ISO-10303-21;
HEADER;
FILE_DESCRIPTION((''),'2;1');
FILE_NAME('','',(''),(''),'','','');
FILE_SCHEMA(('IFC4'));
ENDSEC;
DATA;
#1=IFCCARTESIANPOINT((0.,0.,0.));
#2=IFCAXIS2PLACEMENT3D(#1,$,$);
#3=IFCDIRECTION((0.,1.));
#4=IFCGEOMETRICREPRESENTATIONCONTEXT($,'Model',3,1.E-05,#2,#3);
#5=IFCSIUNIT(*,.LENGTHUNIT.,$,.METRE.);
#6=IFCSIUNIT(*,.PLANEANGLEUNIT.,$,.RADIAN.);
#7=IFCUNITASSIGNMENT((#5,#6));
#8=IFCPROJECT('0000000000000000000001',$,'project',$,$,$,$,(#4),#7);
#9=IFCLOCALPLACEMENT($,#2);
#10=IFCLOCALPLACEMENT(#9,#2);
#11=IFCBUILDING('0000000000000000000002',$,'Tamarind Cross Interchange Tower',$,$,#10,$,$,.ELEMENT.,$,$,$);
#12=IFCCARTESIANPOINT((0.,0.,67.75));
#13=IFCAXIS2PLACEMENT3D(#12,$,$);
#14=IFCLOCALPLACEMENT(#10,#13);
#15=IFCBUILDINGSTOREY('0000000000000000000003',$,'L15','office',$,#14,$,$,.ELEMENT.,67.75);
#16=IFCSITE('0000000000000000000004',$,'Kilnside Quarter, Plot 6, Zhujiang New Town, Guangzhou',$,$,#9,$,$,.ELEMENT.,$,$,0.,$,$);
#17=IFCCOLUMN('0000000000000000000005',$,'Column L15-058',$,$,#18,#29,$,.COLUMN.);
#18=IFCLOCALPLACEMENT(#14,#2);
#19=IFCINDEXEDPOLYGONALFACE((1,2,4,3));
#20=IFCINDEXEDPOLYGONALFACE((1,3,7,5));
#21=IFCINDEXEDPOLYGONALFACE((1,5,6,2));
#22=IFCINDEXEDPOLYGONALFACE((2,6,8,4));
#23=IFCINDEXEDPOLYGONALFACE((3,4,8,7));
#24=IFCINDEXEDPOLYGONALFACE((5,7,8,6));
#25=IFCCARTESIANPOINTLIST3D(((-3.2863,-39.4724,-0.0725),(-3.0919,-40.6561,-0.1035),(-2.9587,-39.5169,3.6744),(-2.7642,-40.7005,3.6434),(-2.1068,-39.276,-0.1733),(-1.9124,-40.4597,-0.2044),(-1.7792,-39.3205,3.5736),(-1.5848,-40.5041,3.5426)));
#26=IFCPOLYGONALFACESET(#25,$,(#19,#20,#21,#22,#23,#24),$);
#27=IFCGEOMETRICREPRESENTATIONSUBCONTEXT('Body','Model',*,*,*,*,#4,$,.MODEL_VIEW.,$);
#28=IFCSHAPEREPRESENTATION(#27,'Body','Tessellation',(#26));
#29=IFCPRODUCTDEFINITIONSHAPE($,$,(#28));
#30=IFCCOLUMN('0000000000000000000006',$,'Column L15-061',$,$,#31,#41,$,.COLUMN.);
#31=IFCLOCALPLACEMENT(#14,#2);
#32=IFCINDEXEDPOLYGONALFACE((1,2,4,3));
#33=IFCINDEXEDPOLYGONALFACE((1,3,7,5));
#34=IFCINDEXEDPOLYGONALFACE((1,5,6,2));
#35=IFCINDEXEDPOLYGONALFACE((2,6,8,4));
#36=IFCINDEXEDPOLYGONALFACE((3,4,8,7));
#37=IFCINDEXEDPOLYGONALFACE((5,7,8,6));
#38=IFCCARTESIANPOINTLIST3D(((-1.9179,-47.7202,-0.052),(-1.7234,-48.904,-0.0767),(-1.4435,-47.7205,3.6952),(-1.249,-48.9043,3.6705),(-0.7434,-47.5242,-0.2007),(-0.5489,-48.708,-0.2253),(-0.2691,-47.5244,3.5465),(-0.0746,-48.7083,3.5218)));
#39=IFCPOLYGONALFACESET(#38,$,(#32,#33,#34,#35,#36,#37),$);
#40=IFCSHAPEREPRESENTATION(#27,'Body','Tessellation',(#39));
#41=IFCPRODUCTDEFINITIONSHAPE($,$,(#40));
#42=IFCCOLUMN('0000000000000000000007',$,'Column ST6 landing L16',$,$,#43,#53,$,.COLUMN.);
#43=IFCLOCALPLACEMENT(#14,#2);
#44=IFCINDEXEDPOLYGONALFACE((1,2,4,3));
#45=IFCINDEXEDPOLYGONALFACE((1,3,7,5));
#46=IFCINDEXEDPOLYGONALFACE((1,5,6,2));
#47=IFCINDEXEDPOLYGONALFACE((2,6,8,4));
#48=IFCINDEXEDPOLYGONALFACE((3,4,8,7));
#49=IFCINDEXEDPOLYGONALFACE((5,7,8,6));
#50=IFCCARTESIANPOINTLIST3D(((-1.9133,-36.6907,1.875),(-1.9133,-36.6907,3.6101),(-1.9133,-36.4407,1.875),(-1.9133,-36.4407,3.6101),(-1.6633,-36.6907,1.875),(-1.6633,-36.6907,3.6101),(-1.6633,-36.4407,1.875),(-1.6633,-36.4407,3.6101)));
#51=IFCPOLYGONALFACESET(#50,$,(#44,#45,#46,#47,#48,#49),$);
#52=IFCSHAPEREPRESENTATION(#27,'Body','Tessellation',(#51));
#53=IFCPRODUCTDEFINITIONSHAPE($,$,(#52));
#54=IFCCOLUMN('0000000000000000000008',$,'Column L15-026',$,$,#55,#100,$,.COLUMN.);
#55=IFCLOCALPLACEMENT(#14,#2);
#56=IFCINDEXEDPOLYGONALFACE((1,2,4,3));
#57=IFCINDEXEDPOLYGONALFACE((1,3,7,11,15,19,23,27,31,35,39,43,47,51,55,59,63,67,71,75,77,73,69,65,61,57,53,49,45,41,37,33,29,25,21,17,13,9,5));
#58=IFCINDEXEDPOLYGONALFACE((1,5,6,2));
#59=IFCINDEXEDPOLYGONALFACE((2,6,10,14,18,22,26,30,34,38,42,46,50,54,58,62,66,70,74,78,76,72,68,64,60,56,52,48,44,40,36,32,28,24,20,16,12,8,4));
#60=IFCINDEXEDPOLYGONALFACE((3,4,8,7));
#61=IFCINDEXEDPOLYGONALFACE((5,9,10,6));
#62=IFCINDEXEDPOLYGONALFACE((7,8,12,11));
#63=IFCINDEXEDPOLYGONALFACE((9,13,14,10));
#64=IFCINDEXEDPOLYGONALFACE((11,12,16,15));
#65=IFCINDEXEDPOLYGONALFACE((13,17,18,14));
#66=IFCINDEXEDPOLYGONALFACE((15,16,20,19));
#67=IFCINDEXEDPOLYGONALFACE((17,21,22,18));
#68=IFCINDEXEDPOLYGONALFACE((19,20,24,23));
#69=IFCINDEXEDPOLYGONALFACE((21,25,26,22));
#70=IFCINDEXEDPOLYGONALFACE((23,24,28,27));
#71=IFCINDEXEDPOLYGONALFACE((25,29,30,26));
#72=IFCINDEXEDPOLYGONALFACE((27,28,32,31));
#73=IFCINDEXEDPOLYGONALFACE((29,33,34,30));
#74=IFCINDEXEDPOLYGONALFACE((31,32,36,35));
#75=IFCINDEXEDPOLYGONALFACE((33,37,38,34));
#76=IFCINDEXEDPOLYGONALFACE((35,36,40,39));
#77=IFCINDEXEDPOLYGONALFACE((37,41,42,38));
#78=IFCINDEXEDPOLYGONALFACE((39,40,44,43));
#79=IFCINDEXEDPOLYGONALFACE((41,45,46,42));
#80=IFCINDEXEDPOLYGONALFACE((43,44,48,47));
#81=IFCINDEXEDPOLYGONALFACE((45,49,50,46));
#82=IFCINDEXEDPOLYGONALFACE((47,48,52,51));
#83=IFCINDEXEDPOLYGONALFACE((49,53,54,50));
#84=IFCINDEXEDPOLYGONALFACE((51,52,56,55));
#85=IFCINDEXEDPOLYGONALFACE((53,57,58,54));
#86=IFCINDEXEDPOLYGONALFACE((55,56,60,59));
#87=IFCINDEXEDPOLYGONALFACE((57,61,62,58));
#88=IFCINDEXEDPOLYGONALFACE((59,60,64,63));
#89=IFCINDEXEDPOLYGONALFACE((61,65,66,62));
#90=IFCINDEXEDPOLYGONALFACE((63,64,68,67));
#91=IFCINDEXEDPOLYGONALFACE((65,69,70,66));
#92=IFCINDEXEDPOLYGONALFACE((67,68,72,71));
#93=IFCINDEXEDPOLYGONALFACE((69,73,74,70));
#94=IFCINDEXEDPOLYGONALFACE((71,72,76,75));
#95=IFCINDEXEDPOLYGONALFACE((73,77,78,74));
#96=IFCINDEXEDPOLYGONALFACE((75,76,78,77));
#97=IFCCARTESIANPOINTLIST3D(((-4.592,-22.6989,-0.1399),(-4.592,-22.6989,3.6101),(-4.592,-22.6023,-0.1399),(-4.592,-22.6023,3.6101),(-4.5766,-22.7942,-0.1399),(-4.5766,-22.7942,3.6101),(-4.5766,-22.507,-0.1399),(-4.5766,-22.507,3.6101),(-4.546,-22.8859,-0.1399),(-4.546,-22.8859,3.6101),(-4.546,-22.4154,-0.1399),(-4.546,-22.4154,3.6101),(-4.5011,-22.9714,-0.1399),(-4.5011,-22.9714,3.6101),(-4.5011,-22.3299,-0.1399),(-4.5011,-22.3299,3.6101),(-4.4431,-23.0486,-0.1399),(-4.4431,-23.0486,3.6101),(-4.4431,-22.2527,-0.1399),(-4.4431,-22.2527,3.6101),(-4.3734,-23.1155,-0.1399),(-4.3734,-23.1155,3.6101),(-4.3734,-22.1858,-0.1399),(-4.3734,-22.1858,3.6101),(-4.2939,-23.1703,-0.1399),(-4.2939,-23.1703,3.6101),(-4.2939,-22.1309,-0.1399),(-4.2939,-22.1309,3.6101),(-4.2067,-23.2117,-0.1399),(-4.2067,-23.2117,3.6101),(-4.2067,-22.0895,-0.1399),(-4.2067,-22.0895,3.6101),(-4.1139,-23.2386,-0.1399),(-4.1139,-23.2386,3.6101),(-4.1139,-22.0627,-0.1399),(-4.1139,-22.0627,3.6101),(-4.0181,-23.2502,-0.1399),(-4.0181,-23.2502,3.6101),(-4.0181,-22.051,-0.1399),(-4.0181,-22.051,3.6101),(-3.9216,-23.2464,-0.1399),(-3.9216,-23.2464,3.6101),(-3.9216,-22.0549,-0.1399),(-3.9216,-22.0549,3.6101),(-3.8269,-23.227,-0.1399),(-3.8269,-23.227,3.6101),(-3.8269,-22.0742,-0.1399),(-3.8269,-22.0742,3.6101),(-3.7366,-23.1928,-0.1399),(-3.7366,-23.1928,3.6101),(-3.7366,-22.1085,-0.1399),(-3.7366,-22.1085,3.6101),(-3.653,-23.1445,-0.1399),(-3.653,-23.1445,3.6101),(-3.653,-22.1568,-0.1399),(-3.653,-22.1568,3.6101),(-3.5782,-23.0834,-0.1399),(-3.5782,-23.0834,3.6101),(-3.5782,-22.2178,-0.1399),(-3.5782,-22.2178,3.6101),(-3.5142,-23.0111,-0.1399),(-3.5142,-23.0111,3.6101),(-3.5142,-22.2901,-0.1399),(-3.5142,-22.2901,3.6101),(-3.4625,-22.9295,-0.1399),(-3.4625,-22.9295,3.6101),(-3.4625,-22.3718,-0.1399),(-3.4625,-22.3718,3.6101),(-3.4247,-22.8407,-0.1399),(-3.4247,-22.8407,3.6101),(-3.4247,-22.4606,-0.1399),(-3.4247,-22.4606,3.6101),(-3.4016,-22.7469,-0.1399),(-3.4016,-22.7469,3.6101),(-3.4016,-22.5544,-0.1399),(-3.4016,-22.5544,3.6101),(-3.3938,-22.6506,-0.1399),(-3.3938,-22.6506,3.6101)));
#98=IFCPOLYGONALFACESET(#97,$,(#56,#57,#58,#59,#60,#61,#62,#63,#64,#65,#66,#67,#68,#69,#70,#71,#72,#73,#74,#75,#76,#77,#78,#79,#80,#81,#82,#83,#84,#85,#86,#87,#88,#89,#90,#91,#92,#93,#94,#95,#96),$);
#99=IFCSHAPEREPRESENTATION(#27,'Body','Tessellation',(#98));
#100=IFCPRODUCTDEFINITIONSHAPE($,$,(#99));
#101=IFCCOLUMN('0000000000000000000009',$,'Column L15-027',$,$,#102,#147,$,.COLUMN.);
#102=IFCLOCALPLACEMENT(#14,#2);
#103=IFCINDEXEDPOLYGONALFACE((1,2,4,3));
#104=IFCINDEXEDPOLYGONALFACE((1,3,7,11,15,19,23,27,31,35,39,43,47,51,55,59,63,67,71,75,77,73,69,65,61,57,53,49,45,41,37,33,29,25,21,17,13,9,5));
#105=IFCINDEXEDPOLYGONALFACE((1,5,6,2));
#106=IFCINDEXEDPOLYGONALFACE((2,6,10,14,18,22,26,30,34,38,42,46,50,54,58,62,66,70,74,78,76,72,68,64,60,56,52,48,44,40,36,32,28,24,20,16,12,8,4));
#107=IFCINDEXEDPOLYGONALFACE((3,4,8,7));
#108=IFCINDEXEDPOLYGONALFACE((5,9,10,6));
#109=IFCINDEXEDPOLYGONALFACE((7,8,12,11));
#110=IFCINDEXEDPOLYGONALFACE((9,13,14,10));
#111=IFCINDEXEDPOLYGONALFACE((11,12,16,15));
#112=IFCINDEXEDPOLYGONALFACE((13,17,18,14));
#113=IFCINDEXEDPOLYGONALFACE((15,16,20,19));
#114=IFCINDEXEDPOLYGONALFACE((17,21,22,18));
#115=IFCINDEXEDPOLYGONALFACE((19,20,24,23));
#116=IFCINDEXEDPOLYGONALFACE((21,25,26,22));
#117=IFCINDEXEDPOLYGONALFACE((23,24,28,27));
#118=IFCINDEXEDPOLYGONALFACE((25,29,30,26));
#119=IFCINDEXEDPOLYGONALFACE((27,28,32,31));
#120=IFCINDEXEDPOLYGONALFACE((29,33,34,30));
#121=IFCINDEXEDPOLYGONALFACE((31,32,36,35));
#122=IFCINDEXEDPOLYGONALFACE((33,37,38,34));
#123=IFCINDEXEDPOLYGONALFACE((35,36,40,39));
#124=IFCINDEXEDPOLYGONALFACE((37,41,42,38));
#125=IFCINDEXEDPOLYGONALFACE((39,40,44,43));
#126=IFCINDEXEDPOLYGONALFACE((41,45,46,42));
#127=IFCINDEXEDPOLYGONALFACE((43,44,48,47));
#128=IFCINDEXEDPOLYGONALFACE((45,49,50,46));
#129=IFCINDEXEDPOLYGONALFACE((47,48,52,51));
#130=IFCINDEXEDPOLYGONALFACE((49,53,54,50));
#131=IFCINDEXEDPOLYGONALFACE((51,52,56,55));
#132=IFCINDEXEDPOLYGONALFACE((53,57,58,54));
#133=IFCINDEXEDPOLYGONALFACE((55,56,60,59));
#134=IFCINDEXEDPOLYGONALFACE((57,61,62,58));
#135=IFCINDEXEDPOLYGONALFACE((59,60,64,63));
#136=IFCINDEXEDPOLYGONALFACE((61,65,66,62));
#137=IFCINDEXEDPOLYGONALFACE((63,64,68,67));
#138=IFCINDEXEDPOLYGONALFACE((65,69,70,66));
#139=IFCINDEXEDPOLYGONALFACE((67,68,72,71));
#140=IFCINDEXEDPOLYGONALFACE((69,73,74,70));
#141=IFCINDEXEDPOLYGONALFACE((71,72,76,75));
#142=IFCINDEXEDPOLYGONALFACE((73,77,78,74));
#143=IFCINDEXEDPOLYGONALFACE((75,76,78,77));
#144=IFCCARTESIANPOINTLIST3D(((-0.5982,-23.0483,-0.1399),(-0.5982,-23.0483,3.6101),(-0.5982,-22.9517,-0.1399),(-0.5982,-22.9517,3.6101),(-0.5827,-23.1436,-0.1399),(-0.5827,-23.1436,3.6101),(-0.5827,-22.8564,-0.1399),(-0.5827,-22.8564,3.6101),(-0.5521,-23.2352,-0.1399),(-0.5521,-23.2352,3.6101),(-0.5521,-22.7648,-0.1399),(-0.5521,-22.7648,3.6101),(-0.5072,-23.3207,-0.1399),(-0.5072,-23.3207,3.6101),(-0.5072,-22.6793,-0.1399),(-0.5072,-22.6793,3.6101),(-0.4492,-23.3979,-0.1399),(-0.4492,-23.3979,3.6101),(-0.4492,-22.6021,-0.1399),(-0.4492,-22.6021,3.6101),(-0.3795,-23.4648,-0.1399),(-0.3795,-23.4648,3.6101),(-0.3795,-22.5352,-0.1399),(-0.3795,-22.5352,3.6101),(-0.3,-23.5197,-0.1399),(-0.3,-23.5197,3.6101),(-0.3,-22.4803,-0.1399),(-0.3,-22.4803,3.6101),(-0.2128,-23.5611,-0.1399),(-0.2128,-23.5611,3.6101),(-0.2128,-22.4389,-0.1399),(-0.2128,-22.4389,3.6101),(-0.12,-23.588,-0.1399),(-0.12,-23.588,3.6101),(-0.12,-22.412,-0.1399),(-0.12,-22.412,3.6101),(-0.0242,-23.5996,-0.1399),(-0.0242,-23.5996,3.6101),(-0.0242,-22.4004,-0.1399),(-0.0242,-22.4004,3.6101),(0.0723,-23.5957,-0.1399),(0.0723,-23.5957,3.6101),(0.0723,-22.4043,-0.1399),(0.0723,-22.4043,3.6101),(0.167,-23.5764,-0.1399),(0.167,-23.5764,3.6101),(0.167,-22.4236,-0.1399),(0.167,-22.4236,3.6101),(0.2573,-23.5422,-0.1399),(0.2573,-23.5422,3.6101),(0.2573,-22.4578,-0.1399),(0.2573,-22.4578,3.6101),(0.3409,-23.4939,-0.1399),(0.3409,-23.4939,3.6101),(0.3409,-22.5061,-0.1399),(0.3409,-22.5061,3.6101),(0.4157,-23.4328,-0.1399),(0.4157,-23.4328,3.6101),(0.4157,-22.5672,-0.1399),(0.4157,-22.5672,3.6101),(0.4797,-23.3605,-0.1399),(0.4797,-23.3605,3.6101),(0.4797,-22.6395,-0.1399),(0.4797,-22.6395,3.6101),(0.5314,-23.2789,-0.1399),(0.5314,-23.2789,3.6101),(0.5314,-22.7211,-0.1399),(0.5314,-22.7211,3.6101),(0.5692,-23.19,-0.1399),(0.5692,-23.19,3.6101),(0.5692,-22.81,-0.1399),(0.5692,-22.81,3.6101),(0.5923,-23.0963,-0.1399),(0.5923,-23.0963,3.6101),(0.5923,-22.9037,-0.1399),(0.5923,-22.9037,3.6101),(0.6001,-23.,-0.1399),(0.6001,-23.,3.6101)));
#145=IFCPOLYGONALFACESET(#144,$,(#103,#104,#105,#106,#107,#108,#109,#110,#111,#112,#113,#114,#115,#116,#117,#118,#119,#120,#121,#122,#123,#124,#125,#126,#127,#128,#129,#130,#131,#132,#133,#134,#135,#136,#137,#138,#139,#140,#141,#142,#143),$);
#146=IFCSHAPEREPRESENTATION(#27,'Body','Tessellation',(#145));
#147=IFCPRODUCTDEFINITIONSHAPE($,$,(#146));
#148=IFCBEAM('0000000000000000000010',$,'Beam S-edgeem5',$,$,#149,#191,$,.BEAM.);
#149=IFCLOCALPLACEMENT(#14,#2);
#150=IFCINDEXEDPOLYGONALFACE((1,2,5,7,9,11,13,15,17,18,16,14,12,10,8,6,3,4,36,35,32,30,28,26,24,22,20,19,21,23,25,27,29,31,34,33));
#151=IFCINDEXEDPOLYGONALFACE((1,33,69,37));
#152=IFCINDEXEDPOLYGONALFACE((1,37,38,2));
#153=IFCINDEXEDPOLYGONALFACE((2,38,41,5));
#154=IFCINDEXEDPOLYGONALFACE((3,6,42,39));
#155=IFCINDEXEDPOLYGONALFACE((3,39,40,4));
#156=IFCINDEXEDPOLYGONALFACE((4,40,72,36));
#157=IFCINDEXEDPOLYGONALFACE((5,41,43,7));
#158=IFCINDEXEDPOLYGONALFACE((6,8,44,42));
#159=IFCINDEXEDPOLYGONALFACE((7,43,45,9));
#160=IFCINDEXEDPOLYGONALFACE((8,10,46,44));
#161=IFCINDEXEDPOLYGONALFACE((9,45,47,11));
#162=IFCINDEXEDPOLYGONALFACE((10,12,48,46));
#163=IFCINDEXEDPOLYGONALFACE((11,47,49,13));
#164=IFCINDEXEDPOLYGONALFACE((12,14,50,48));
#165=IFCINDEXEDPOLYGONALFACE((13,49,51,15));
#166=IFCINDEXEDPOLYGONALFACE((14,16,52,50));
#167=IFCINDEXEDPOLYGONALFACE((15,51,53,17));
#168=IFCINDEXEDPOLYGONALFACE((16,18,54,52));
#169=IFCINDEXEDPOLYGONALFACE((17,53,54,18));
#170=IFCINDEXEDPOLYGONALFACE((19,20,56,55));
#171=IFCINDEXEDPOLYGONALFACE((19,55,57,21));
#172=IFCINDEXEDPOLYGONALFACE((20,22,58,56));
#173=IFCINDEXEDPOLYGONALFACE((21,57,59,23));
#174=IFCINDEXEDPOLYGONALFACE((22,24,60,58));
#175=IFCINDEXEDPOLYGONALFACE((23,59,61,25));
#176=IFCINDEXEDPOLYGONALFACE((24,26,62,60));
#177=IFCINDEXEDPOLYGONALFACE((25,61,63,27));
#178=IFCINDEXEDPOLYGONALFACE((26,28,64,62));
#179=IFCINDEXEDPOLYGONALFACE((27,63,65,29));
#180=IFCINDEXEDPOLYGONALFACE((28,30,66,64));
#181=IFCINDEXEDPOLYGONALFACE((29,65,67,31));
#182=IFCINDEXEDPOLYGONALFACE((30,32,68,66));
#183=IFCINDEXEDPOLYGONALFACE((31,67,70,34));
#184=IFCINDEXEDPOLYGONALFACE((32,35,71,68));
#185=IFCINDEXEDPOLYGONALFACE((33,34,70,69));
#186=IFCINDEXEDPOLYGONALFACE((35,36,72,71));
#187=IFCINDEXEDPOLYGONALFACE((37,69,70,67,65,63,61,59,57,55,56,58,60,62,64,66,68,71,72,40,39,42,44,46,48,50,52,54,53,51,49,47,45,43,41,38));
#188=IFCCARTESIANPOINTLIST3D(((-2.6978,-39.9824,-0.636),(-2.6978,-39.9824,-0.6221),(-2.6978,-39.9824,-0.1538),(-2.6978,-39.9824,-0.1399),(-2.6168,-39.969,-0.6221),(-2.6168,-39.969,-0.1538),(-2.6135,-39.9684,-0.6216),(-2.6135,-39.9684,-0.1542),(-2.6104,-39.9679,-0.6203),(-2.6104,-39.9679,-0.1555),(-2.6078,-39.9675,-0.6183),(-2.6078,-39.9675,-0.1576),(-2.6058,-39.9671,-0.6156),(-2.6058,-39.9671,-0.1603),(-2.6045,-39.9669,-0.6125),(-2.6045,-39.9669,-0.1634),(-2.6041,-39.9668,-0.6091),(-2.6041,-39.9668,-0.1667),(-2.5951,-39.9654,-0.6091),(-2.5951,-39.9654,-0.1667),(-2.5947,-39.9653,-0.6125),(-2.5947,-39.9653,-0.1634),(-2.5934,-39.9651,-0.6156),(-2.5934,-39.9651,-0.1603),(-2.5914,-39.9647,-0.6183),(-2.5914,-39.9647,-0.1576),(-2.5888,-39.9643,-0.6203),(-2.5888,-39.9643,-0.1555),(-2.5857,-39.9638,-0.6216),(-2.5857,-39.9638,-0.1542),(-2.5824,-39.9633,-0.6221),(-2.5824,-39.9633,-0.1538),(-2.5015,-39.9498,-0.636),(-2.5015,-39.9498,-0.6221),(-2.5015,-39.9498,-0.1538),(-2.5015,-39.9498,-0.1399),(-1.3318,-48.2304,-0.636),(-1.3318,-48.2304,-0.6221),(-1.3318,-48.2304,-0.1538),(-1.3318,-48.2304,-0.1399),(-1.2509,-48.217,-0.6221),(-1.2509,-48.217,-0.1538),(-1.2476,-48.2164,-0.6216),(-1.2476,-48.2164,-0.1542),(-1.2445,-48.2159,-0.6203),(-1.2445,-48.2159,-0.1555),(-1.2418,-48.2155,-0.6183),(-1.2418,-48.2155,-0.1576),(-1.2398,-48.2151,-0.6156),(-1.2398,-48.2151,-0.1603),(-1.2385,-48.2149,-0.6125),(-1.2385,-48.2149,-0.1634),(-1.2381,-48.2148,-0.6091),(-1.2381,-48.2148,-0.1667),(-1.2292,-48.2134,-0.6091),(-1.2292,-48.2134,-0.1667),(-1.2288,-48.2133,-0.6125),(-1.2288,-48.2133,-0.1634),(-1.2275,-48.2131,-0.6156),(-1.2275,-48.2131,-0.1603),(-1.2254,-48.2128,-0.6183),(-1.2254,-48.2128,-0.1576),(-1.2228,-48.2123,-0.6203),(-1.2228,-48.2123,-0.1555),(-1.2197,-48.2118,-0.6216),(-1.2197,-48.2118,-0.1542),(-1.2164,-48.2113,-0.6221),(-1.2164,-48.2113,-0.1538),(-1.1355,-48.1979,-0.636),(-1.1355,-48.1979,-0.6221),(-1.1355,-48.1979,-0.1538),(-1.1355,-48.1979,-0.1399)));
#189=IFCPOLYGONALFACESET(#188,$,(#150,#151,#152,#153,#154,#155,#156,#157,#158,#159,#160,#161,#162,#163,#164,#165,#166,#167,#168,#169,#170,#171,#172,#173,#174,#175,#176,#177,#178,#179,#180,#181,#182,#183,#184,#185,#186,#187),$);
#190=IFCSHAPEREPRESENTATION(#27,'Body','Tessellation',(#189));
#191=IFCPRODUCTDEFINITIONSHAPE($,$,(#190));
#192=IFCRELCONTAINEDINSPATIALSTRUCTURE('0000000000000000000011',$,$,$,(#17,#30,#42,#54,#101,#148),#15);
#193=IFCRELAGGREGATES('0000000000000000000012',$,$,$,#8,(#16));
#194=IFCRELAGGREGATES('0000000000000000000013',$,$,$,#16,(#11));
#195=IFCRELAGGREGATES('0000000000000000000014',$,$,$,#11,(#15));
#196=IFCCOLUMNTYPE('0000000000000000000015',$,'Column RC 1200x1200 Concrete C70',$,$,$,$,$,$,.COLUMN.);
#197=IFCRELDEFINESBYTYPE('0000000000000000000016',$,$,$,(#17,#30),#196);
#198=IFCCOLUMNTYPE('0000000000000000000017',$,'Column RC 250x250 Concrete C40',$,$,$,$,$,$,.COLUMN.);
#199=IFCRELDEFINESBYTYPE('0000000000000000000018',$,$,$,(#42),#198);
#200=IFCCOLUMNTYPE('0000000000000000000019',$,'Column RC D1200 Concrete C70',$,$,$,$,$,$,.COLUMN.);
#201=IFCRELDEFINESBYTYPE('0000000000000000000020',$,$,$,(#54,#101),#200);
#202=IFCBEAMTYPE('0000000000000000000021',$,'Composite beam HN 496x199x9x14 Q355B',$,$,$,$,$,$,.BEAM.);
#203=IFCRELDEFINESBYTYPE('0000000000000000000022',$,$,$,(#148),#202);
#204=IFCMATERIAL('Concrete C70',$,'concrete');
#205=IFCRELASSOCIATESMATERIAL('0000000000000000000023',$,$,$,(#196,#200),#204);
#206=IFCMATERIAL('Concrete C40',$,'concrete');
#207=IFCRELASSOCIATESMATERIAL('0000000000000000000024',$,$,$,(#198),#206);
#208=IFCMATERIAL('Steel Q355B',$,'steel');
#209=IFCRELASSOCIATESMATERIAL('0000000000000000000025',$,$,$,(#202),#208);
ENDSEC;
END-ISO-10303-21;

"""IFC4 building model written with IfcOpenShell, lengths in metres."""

from ifc_helpers import new_model, si_unit, direction, frame, origin, origin_2d, place, context, subcontext, project, spatial, rectangle, circle, i_section, extrude, material, material_profile, profile_set, type_object, element, save


model = new_model("IFC4")

# Units and contexts
model_context = context("Model", 3, precision=1e-05, world=origin(), true_north=direction((0.0, 1.0)))
body_context = subcontext(model_context, "Body", "Model", "MODEL_VIEW")
ifc_project = project(units=[si_unit("LENGTHUNIT", "METRE"), si_unit("PLANEANGLEUNIT", "RADIAN")], contexts=[model_context])

# Site, building, storey
site_placement = place(None, origin())
site = spatial("IfcSite", under=ifc_project, at=site_placement, Name="Kilnside Quarter, Plot 6, Zhujiang New Town, Guangzhou", CompositionType="ELEMENT", RefElevation=0.0)
building_placement = place(site_placement, origin())
building = spatial("IfcBuilding", under=site, at=building_placement, Name="Tamarind Cross Interchange Tower", CompositionType="ELEMENT")
storey_placement = place(building_placement, frame((0.0, 0.0, 67.75)))
storey = spatial("IfcBuildingStorey", under=building, at=storey_placement, Name="L15", Description="office", CompositionType="ELEMENT", Elevation=67.75)

# Columns
ifc_material_1 = material(Name="Concrete C70", Category="concrete")
ifc_material_profile_1 = material_profile(ifc_material_1, rectangle(XDim=1.2, YDim=1.2, at=origin_2d()), Name="RC 1200x1200")
ifc_profile_set_1 = profile_set([ifc_material_profile_1], Name="Concrete C70")
column_type_1 = type_object("IfcColumnType", Name="Column RC 1200x1200 Concrete C70", PredefinedType="COLUMN", material=ifc_profile_set_1)
column_1_placement = place(storey_placement, frame((-2.5994, -39.9661, -0.1384), z_axis=(0.087105, -0.011813, 0.996129), x_axis=(-0.162039, 0.986445, 0.025868)))
element("IfcColumn", 1, at=column_1_placement, inside=storey, type_object=column_type_1, Name="Column L15-058", PredefinedType="COLUMN", context=body_context, shape_type="SweptSolid", body=[
    extrude(rectangle(XDim=1.2, YDim=1.2, at=origin_2d()), origin(), (0.0, 0.0, 1.0), 3.7615),
])
column_2_placement = place(storey_placement, frame((-1.2334, -48.2141, -0.1387), z_axis=(0.125586, -0.000065, 0.992083), x_axis=(-0.162067, 0.986565, 0.02058)))
element("IfcColumn", 2, at=column_2_placement, inside=storey, type_object=column_type_1, Name="Column L15-061", PredefinedType="COLUMN", context=body_context, shape_type="SweptSolid", body=[
    extrude(rectangle(XDim=1.2, YDim=1.2, at=origin_2d()), origin(), (0.0, 0.0, 1.0), 3.7771),
])
ifc_material_2 = material(Name="Concrete C40", Category="concrete")
ifc_material_profile_2 = material_profile(ifc_material_2, rectangle(XDim=0.25, YDim=0.25, at=origin_2d()), Name="RC 250x250")
ifc_profile_set_2 = profile_set([ifc_material_profile_2], Name="Concrete C40")
column_type_2 = type_object("IfcColumnType", Name="Column RC 250x250 Concrete C40", PredefinedType="COLUMN", material=ifc_profile_set_2)
column_3_placement = place(storey_placement, frame((-1.7883, -36.5657, 1.875), z_axis=(0.0, 0.0, 1.0), x_axis=(1.0, 0.0, 0.0)))
element("IfcColumn", 3, at=column_3_placement, inside=storey, type_object=column_type_2, Name="Column ST6 landing L16", PredefinedType="COLUMN", context=body_context, shape_type="SweptSolid", body=[
    extrude(rectangle(XDim=0.25, YDim=0.25, at=origin_2d()), origin(), (0.0, 0.0, 1.0), 1.7351),
])
ifc_material_profile_3 = material_profile(ifc_material_1, circle(Radius=0.6001, at=origin_2d()), Name="RC D1200")
ifc_profile_set_3 = profile_set([ifc_material_profile_3], Name="Concrete C70")
column_type_3 = type_object("IfcColumnType", Name="Column RC D1200 Concrete C70", PredefinedType="COLUMN", material=ifc_profile_set_3)
for number, where, z_axis, x_axis, name in (
    (4, (-3.9939, -22.6506, -0.1399), (0.0, 0.0, 1.0), (1.0, 0.0, 0.0), "Column L15-026"),
    (5, (0.0, -23.0, -0.1399), (0.0, 0.0, 1.0), (1.0, 0.0, 0.0), "Column L15-027"),
):
    element("IfcColumn", number, at=place(storey_placement, frame(where, z_axis=z_axis, x_axis=x_axis)), inside=storey, type_object=column_type_3, Name=name, PredefinedType="COLUMN", context=body_context, shape_type="SweptSolid", body=[
        extrude(circle(Radius=0.6001, at=origin_2d()), origin(), (0.0, 0.0, 1.0), 3.75),
    ])

# Beam
ifc_material_3 = material(Name="Steel Q355B", Category="steel")
ifc_material_profile_4 = material_profile(ifc_material_3, i_section(OverallWidth=0.199, OverallDepth=0.4961, WebThickness=0.009, FlangeThickness=0.0139, FilletRadius=0.0129, at=origin_2d()), Name="HN 496x199x9x14")
ifc_profile_set_4 = profile_set([ifc_material_profile_4], Name="Steel Q355B")
beam_type_1 = type_object("IfcBeamType", Name="Composite beam HN 496x199x9x14 Q355B", PredefinedType="BEAM", material=ifc_profile_set_4)
beam_1_placement = place(storey_placement, frame((-1.2336, -48.2141, -0.3879), z_axis=(-0.163386, 0.986562, 0.0), x_axis=(-0.986562, -0.163386, 0.0)))
element("IfcBeam", 6, at=beam_1_placement, inside=storey, type_object=beam_type_1, Name="Beam S-edgeem5", PredefinedType="BEAM", context=body_context, shape_type="SweptSolid", body=[
    extrude(i_section(OverallWidth=0.199, OverallDepth=0.4961, WebThickness=0.009, FlangeThickness=0.0139, FilletRadius=0.0129, at=origin_2d()), origin(), (0.0, 0.0, 1.0), 8.3604),
])

save(model, "model.ifc")
